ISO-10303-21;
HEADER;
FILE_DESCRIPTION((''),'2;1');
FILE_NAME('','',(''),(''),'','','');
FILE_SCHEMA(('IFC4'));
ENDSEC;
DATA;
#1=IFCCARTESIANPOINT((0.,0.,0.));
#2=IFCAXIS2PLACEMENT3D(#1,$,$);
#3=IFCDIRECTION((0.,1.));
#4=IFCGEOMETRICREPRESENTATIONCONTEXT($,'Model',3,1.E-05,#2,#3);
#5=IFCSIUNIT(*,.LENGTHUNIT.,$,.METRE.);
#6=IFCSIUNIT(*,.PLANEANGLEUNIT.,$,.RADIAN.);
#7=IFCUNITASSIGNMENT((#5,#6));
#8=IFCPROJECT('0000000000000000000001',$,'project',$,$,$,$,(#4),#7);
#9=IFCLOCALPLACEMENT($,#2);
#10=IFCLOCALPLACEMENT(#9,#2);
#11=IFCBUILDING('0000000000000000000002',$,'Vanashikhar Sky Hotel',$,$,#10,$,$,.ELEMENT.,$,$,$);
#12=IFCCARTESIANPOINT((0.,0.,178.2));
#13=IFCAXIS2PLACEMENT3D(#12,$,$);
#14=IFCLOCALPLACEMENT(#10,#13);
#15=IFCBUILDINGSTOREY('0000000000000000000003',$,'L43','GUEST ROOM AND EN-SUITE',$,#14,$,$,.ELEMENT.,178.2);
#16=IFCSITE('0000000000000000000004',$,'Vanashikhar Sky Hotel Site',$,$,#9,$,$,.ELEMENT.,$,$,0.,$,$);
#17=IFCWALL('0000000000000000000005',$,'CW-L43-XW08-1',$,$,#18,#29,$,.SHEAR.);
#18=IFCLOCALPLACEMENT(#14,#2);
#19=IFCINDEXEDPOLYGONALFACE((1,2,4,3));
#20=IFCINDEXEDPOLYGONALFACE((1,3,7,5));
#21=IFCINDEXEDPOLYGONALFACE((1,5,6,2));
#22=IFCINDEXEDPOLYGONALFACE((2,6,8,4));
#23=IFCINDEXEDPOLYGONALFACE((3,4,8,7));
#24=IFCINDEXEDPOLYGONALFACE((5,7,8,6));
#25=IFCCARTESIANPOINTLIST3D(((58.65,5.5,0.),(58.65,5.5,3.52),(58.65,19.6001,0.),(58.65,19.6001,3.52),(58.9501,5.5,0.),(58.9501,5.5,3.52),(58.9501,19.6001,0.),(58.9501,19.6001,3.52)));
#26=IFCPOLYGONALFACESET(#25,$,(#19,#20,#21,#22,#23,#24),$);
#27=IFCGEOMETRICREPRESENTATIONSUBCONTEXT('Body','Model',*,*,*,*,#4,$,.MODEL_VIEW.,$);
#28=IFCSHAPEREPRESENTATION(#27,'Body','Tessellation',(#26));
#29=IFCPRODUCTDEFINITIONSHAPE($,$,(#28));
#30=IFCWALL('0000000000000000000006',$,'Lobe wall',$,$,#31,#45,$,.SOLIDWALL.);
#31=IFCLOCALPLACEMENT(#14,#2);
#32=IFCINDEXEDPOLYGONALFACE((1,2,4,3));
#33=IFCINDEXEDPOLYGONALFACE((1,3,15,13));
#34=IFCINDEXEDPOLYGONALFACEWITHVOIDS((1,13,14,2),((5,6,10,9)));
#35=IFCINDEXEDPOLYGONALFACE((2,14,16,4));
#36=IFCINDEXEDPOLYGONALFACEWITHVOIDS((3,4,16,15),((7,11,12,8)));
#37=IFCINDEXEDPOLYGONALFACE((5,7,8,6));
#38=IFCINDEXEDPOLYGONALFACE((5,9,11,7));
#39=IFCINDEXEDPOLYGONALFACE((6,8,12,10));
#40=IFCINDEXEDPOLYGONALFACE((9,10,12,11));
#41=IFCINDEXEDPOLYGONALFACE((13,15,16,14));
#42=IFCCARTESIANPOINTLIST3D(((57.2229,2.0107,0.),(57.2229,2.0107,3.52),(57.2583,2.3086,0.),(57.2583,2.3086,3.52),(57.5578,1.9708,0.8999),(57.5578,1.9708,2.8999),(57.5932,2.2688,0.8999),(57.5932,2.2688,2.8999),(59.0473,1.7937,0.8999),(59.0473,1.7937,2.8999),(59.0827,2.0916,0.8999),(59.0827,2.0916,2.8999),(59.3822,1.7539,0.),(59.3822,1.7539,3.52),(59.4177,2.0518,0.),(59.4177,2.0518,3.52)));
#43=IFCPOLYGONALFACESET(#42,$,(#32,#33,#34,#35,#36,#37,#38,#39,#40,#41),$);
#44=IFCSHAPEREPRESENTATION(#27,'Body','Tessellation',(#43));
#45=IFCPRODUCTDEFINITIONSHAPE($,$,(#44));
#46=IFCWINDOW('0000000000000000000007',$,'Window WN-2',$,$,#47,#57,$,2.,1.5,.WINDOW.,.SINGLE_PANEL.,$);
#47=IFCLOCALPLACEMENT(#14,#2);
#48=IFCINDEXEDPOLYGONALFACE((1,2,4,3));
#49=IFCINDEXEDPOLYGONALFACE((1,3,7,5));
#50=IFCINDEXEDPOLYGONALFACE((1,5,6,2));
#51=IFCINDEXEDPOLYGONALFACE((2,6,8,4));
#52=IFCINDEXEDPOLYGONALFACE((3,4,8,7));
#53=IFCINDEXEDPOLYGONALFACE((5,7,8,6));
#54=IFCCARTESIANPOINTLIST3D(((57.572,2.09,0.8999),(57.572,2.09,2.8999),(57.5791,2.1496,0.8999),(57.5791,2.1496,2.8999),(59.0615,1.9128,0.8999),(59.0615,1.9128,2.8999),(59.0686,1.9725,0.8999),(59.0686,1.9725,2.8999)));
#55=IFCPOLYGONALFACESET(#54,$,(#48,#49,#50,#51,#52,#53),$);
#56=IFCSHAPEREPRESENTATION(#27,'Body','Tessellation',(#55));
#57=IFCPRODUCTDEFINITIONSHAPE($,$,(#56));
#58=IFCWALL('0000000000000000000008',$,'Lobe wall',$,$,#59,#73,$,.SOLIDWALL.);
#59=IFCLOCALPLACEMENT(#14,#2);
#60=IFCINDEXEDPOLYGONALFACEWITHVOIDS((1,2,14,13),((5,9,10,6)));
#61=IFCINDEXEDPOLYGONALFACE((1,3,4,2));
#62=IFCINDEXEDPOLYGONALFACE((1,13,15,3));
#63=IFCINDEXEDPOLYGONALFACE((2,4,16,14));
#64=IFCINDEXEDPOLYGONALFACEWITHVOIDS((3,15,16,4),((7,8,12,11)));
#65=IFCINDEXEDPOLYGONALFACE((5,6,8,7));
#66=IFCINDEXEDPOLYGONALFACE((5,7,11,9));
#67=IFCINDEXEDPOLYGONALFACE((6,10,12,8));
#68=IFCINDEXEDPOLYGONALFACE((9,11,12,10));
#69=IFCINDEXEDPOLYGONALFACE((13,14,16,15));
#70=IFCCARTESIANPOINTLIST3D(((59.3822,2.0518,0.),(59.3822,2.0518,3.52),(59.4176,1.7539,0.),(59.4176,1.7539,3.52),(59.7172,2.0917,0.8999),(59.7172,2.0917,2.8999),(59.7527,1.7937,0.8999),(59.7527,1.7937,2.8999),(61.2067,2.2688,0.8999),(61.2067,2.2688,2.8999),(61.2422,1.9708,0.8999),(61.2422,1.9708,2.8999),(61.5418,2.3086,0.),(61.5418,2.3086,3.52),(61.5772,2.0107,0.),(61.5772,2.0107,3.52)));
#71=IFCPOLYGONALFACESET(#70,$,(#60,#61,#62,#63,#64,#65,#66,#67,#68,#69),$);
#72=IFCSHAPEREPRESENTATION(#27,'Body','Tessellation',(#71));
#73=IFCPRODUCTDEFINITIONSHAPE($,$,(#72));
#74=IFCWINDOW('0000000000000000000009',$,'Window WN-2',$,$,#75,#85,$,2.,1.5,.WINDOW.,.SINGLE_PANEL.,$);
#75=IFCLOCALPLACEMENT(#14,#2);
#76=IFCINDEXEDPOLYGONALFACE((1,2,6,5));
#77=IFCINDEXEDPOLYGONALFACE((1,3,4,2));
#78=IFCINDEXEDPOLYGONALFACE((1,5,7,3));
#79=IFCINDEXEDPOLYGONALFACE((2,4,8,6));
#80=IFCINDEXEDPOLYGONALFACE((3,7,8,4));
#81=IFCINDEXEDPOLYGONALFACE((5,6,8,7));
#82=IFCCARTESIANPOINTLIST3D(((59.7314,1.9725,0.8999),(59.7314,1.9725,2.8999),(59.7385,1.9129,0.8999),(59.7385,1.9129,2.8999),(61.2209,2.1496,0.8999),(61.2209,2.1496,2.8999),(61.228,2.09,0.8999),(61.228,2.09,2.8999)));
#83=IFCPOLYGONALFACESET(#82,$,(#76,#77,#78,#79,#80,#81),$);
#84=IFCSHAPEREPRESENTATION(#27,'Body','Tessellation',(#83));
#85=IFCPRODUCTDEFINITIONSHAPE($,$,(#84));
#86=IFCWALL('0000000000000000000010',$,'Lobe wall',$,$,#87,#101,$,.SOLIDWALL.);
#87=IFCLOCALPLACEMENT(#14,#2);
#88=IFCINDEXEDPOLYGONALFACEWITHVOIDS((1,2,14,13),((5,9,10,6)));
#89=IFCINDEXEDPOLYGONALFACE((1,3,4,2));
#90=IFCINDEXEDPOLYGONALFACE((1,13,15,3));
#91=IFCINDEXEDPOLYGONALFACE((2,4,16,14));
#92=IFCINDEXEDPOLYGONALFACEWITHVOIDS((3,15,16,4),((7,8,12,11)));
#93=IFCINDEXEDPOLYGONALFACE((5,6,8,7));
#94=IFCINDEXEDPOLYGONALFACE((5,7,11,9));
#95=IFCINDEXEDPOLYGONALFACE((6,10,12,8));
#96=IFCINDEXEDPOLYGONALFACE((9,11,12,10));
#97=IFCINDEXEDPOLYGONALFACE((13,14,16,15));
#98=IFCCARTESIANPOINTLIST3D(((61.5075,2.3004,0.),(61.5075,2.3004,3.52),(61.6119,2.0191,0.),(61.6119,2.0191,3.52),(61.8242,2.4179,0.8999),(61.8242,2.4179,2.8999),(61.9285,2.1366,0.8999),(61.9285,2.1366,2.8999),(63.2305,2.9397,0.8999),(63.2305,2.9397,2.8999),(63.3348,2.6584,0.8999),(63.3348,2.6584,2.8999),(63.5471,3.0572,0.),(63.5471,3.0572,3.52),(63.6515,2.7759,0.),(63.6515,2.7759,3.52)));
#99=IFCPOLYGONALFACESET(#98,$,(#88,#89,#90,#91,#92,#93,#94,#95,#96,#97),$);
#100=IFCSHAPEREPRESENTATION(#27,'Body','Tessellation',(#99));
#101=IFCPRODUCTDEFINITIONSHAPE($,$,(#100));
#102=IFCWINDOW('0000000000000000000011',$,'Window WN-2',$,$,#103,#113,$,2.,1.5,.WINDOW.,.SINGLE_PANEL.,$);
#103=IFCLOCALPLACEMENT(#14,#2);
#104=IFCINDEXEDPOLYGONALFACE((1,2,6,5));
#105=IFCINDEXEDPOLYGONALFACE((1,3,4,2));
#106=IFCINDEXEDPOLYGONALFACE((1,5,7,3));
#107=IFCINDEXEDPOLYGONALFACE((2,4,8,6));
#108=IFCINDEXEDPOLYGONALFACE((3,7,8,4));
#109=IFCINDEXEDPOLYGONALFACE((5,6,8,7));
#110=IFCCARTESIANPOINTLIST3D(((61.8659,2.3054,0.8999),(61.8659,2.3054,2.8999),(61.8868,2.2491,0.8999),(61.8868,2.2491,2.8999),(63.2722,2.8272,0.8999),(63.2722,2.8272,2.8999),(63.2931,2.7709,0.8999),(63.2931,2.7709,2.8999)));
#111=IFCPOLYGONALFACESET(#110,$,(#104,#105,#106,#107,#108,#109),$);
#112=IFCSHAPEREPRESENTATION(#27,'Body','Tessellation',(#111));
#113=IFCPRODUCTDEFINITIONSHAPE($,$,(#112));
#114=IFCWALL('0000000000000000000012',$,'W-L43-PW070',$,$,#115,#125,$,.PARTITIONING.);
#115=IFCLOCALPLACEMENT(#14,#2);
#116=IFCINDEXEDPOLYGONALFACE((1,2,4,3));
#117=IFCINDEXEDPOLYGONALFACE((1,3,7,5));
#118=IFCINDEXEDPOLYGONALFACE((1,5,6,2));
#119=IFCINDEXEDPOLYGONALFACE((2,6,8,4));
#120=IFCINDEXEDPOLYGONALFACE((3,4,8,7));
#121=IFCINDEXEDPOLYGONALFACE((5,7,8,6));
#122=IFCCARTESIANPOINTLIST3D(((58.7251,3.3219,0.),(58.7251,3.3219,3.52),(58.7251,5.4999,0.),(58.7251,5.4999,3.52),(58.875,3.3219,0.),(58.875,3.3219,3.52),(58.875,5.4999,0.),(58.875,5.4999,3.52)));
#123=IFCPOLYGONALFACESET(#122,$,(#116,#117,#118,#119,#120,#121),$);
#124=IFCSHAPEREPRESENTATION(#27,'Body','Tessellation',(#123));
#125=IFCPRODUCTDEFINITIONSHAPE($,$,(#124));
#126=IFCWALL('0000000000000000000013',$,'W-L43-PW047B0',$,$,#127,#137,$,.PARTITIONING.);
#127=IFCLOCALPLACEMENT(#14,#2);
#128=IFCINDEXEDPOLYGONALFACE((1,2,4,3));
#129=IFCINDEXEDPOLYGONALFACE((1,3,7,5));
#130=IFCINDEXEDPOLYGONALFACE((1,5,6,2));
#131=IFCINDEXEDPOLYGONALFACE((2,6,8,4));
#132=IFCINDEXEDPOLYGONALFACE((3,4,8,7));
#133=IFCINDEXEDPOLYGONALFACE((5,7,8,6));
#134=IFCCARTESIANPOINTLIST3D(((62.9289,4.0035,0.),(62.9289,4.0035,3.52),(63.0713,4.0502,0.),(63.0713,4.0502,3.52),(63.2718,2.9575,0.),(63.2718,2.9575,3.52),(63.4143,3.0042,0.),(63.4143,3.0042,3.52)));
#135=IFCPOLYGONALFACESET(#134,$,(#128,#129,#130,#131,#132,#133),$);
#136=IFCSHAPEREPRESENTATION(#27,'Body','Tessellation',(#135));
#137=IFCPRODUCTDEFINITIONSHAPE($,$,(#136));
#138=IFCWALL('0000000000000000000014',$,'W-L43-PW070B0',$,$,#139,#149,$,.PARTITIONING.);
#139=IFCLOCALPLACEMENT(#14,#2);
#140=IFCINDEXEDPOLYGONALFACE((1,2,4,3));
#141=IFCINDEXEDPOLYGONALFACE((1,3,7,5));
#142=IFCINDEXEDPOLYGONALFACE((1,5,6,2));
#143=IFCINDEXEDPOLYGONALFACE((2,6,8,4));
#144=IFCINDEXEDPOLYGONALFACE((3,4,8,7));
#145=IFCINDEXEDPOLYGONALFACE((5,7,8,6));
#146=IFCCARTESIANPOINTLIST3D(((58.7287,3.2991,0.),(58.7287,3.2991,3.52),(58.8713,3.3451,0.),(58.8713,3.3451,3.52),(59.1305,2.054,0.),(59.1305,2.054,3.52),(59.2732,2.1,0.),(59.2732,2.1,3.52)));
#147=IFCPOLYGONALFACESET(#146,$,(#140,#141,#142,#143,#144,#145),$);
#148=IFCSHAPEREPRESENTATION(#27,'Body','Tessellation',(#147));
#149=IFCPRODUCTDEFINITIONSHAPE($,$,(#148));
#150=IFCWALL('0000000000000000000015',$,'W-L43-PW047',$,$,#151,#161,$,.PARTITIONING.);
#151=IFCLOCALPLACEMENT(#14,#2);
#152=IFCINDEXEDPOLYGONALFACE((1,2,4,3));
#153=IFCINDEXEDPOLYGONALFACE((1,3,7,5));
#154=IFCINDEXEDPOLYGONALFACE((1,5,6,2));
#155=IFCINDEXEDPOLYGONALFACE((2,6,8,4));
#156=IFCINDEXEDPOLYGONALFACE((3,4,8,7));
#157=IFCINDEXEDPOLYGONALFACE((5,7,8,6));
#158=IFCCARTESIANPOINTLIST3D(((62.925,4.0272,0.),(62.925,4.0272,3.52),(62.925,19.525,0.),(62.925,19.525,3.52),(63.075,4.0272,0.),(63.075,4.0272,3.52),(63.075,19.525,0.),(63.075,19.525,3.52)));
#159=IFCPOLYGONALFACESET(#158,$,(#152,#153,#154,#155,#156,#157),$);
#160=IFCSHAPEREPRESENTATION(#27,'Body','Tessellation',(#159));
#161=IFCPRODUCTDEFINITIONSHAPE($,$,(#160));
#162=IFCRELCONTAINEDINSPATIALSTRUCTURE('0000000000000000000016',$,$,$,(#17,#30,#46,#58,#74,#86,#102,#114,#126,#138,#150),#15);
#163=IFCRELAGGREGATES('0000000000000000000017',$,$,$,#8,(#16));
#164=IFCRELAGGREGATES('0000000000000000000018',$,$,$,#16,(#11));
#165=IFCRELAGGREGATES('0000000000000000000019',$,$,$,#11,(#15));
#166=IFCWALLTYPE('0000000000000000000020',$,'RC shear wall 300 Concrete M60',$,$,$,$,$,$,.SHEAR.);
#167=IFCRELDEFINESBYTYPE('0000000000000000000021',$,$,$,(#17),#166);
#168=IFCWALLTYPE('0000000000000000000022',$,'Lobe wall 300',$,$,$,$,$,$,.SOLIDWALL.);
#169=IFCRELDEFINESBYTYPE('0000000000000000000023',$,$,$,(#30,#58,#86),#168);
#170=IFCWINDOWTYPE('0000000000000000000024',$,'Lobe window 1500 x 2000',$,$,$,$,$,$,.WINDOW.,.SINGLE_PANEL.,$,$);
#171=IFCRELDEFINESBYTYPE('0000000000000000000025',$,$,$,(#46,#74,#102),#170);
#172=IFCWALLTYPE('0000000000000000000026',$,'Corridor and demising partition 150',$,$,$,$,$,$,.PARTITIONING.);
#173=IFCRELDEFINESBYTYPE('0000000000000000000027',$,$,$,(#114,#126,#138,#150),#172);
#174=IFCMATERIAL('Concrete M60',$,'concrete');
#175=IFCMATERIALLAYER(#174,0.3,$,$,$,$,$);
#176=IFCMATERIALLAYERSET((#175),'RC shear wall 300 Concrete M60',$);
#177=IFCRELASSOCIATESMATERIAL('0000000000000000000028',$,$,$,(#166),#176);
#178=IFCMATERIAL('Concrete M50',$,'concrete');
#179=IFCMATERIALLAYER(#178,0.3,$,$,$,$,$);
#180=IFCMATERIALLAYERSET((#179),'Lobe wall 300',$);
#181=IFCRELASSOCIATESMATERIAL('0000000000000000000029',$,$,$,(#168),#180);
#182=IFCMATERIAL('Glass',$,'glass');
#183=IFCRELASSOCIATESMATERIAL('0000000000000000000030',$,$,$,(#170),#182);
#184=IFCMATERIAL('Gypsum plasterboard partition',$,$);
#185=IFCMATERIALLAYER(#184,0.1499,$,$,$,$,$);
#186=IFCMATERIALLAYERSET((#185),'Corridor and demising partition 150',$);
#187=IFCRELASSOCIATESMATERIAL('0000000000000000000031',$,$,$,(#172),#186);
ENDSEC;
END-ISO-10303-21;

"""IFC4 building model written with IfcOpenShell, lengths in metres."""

from ifc_helpers import new_model, si_unit, direction, frame, frame_2d, origin, place, context, subcontext, project, spatial, rectangle, extrude, source, transform, mapped, material, layer, layer_set, type_object, element, fill, save


model = new_model("IFC4")

# Units and contexts
model_context = context("Model", 3, precision=1e-05, world=origin(), true_north=direction((0.0, 1.0)))
body_context = subcontext(model_context, "Body", "Model", "MODEL_VIEW")
ifc_project = project(units=[si_unit("LENGTHUNIT", "METRE"), si_unit("PLANEANGLEUNIT", "RADIAN")], contexts=[model_context])

# Site, building, storey
site_placement = place(None, origin())
site = spatial("IfcSite", under=ifc_project, at=site_placement, Name="Vanashikhar Sky Hotel Site", CompositionType="ELEMENT", RefElevation=0.0)
building_placement = place(site_placement, origin())
building = spatial("IfcBuilding", under=site, at=building_placement, Name="Vanashikhar Sky Hotel", CompositionType="ELEMENT")
storey_placement = place(building_placement, frame((0.0, 0.0, 178.2)))
storey = spatial("IfcBuildingStorey", under=building, at=storey_placement, Name="L43", Description="GUEST ROOM AND EN-SUITE", CompositionType="ELEMENT", Elevation=178.2)

# Wall
ifc_material_1 = material(Name="Concrete M60", Category="concrete")
ifc_layer_1 = layer(ifc_material_1, 0.3)
ifc_layer_set_1 = layer_set([ifc_layer_1], Name="RC shear wall 300 Concrete M60")
wall_type_1 = type_object("IfcWallType", Name="RC shear wall 300 Concrete M60", PredefinedType="SHEAR", material=ifc_layer_set_1)
shared_shape_1 = source(origin(), body_context, "Body", "SweptSolid", [
    extrude(rectangle(XDim=14.1001, YDim=0.3, at=frame_2d((7.05, 0.0))), origin(), (0.0, 0.0, 1.0), 3.52),
])
wall_1_placement = place(storey_placement, frame((58.8, 5.5, 0.0), z_axis=(0.0, 0.0, 1.0), x_axis=(0.0, 1.0, 0.0)))
element("IfcWall", 1, at=wall_1_placement, inside=storey, type_object=wall_type_1, Name="CW-L43-XW08-1", PredefinedType="SHEAR", context=body_context, shape_type="MappedRepresentation", body=[
    mapped(shared_shape_1, transform((0.0, 0.0, 0.0), scale=1.0)),
])

# Walls, openings, windows
ifc_material_2 = material(Name="Concrete M50", Category="concrete")
ifc_layer_2 = layer(ifc_material_2, 0.3)
ifc_layer_set_2 = layer_set([ifc_layer_2], Name="Lobe wall 300")
wall_type_2 = type_object("IfcWallType", Name="Lobe wall 300", PredefinedType="SOLIDWALL", material=ifc_layer_set_2)
shared_shape_2 = source(origin(), body_context, "Body", "SweptSolid", [
    extrude(rectangle(XDim=2.1746, YDim=0.3, at=frame_2d((1.0874, 0.0))), origin(), (0.0, 0.0, 1.0), 3.52),
])
wall_2_placement = place(storey_placement, frame((57.2405, 2.1597, 0.0), z_axis=(0.0, 0.0, 1.0), x_axis=(0.993001, -0.118105, 0.0)))
wall_2 = element("IfcWall", 2, at=wall_2_placement, inside=storey, type_object=wall_type_2, Name="Lobe wall", PredefinedType="SOLIDWALL", context=body_context, shape_type="MappedRepresentation", body=[
    mapped(shared_shape_2, transform((0.0, 0.0, 0.0), scale=1.0)),
])
shared_shape_3 = source(origin(), body_context, "Body", "SweptSolid", [
    extrude(rectangle(XDim=1.5, YDim=2.0, at=frame_2d((0.75, 1.0))), frame((0.0, 0.1602, 0.0), z_axis=(0.0, -1.0, 0.0), x_axis=(1.0, 0.0, 0.0)), (0.0, 0.0, 1.0), 0.3201),
])
opening_1_placement = place(wall_2_placement, frame((0.3374, 0.0, 0.8999)))
opening_1 = element("IfcOpeningElement", 3, at=opening_1_placement, cuts=wall_2, PredefinedType="OPENING", context=body_context, shape_type="MappedRepresentation", body=[
    mapped(shared_shape_3, transform((0.0, 0.0, 0.0), scale=1.0)),
])
ifc_material_3 = material(Name="Glass", Category="glass")
window_type = type_object("IfcWindowType", Name="Lobe window 1500 x 2000", PartitioningType="SINGLE_PANEL", PredefinedType="WINDOW", material=ifc_material_3)
shared_shape_4 = source(origin(), body_context, "Body", "SweptSolid", [
    extrude(rectangle(XDim=1.5, YDim=2.0, at=frame_2d((0.75, 1.0))), frame((0.0, 0.03, 0.0), z_axis=(0.0, -1.0, 0.0), x_axis=(1.0, 0.0, 0.0)), (0.0, 0.0, 1.0), 0.0601),
])
window_1_placement = place(opening_1_placement, origin())
window_1 = element("IfcWindow", 4, at=window_1_placement, inside=storey, type_object=window_type, Name="Window WN-2", OverallHeight=2.0, OverallWidth=1.5, PartitioningType="SINGLE_PANEL", PredefinedType="WINDOW", context=body_context, shape_type="MappedRepresentation", body=[
    mapped(shared_shape_4, transform((0.0, 0.0, 0.0), scale=1.0)),
])
fill(opening_1, window_1)
shared_shape_5 = source(origin(), body_context, "Body", "SweptSolid", [
    extrude(rectangle(XDim=2.1748, YDim=0.3, at=frame_2d((1.0874, 0.0))), origin(), (0.0, 0.0, 1.0), 3.52),
])
wall_3_placement = place(storey_placement, frame((59.3999, 1.9028, 0.0), z_axis=(0.0, 0.0, 1.0), x_axis=(0.993003, 0.118092, 0.0)))
wall_3 = element("IfcWall", 5, at=wall_3_placement, inside=storey, type_object=wall_type_2, Name="Lobe wall", PredefinedType="SOLIDWALL", context=body_context, shape_type="MappedRepresentation", body=[
    mapped(shared_shape_5, transform((0.0, 0.0, 0.0), scale=1.0)),
])
opening_2_placement = place(wall_3_placement, frame((0.3374, 0.0, 0.8999)))
opening_2 = element("IfcOpeningElement", 6, at=opening_2_placement, cuts=wall_3, PredefinedType="OPENING", context=body_context, shape_type="MappedRepresentation", body=[
    mapped(shared_shape_3, transform((0.0, 0.0, 0.0), scale=1.0)),
])
window_2_placement = place(opening_2_placement, origin())
window_2 = element("IfcWindow", 7, at=window_2_placement, inside=storey, type_object=window_type, Name="Window WN-2", OverallHeight=2.0, OverallWidth=1.5, PartitioningType="SINGLE_PANEL", PredefinedType="WINDOW", context=body_context, shape_type="MappedRepresentation", body=[
    mapped(shared_shape_4, transform((0.0, 0.0, 0.0), scale=1.0)),
])
fill(opening_2, window_2)
shared_shape_6 = source(origin(), body_context, "Body", "SweptSolid", [
    extrude(rectangle(XDim=2.1755, YDim=0.3, at=frame_2d((1.0879, 0.0))), origin(), (0.0, 0.0, 1.0), 3.52),
])
wall_4_placement = place(storey_placement, frame((61.5596, 2.1597, 0.0), z_axis=(0.0, 0.0, 1.0), x_axis=(0.937532, 0.347899, 0.0)))
wall_4 = element("IfcWall", 8, at=wall_4_placement, inside=storey, type_object=wall_type_2, Name="Lobe wall", PredefinedType="SOLIDWALL", context=body_context, shape_type="MappedRepresentation", body=[
    mapped(shared_shape_6, transform((0.0, 0.0, 0.0), scale=1.0)),
])
opening_3_placement = place(wall_4_placement, frame((0.3379, 0.0, 0.8999)))
opening_3 = element("IfcOpeningElement", 9, at=opening_3_placement, cuts=wall_4, PredefinedType="OPENING", context=body_context, shape_type="MappedRepresentation", body=[
    mapped(shared_shape_3, transform((0.0, 0.0, 0.0), scale=1.0)),
])
window_3_placement = place(opening_3_placement, origin())
window_3 = element("IfcWindow", 10, at=window_3_placement, inside=storey, type_object=window_type, Name="Window WN-2", OverallHeight=2.0, OverallWidth=1.5, PartitioningType="SINGLE_PANEL", PredefinedType="WINDOW", context=body_context, shape_type="MappedRepresentation", body=[
    mapped(shared_shape_4, transform((0.0, 0.0, 0.0), scale=1.0)),
])
fill(opening_3, window_3)

# Walls
ifc_material_4 = material(Name="Gypsum plasterboard partition")
ifc_layer_3 = layer(ifc_material_4, 0.1499)
ifc_layer_set_3 = layer_set([ifc_layer_3], Name="Corridor and demising partition 150")
wall_type_3 = type_object("IfcWallType", Name="Corridor and demising partition 150", PredefinedType="PARTITIONING", material=ifc_layer_set_3)
shared_shape_7 = source(origin(), body_context, "Body", "SweptSolid", [
    extrude(rectangle(XDim=2.178, YDim=0.1499, at=frame_2d((1.0889, 0.0))), origin(), (0.0, 0.0, 1.0), 3.52),
])
wall_5_placement = place(storey_placement, frame((58.8, 3.322, 0.0), z_axis=(0.0, 0.0, 1.0), x_axis=(0.0, 1.0, 0.0)))
element("IfcWall", 11, at=wall_5_placement, inside=storey, type_object=wall_type_3, Name="W-L43-PW070", PredefinedType="PARTITIONING", context=body_context, shape_type="MappedRepresentation", body=[
    mapped(shared_shape_7, transform((0.0, 0.0, 0.0), scale=1.0)),
])
shared_shape_8 = source(origin(), body_context, "Body", "SweptSolid", [
    extrude(rectangle(XDim=1.1008, YDim=0.1499, at=frame_2d((0.5503, 0.0))), origin(), (0.0, 0.0, 1.0), 3.52),
])
wall_6_placement = place(storey_placement, frame((63.343, 2.981, 0.0), z_axis=(0.0, 0.0, 1.0), x_axis=(-0.311567, 0.950224, 0.0)))
element("IfcWall", 12, at=wall_6_placement, inside=storey, type_object=wall_type_3, Name="W-L43-PW047B0", PredefinedType="PARTITIONING", context=body_context, shape_type="MappedRepresentation", body=[
    mapped(shared_shape_8, transform((0.0, 0.0, 0.0), scale=1.0)),
])
shared_shape_9 = source(origin(), body_context, "Body", "SweptSolid", [
    extrude(rectangle(XDim=1.3083, YDim=0.1499, at=frame_2d((0.6543, 0.0))), origin(), (0.0, 0.0, 1.0), 3.52),
])
wall_7_placement = place(storey_placement, frame((59.2019, 2.0769, 0.0), z_axis=(0.0, 0.0, 1.0), x_axis=(-0.307145, 0.951663, 0.0)))
element("IfcWall", 13, at=wall_7_placement, inside=storey, type_object=wall_type_3, Name="W-L43-PW070B0", PredefinedType="PARTITIONING", context=body_context, shape_type="MappedRepresentation", body=[
    mapped(shared_shape_9, transform((0.0, 0.0, 0.0), scale=1.0)),
])
shared_shape_10 = source(origin(), body_context, "Body", "SweptSolid", [
    extrude(rectangle(XDim=15.4978, YDim=0.1499, at=frame_2d((7.749, 0.0))), origin(), (0.0, 0.0, 1.0), 3.52),
])
wall_8_placement = place(storey_placement, frame((63.0, 4.0271, 0.0), z_axis=(0.0, 0.0, 1.0), x_axis=(0.0, 1.0, 0.0)))
element("IfcWall", 14, at=wall_8_placement, inside=storey, type_object=wall_type_3, Name="W-L43-PW047", PredefinedType="PARTITIONING", context=body_context, shape_type="MappedRepresentation", body=[
    mapped(shared_shape_10, transform((0.0, 0.0, 0.0), scale=1.0)),
])

save(model, "model.ifc")
